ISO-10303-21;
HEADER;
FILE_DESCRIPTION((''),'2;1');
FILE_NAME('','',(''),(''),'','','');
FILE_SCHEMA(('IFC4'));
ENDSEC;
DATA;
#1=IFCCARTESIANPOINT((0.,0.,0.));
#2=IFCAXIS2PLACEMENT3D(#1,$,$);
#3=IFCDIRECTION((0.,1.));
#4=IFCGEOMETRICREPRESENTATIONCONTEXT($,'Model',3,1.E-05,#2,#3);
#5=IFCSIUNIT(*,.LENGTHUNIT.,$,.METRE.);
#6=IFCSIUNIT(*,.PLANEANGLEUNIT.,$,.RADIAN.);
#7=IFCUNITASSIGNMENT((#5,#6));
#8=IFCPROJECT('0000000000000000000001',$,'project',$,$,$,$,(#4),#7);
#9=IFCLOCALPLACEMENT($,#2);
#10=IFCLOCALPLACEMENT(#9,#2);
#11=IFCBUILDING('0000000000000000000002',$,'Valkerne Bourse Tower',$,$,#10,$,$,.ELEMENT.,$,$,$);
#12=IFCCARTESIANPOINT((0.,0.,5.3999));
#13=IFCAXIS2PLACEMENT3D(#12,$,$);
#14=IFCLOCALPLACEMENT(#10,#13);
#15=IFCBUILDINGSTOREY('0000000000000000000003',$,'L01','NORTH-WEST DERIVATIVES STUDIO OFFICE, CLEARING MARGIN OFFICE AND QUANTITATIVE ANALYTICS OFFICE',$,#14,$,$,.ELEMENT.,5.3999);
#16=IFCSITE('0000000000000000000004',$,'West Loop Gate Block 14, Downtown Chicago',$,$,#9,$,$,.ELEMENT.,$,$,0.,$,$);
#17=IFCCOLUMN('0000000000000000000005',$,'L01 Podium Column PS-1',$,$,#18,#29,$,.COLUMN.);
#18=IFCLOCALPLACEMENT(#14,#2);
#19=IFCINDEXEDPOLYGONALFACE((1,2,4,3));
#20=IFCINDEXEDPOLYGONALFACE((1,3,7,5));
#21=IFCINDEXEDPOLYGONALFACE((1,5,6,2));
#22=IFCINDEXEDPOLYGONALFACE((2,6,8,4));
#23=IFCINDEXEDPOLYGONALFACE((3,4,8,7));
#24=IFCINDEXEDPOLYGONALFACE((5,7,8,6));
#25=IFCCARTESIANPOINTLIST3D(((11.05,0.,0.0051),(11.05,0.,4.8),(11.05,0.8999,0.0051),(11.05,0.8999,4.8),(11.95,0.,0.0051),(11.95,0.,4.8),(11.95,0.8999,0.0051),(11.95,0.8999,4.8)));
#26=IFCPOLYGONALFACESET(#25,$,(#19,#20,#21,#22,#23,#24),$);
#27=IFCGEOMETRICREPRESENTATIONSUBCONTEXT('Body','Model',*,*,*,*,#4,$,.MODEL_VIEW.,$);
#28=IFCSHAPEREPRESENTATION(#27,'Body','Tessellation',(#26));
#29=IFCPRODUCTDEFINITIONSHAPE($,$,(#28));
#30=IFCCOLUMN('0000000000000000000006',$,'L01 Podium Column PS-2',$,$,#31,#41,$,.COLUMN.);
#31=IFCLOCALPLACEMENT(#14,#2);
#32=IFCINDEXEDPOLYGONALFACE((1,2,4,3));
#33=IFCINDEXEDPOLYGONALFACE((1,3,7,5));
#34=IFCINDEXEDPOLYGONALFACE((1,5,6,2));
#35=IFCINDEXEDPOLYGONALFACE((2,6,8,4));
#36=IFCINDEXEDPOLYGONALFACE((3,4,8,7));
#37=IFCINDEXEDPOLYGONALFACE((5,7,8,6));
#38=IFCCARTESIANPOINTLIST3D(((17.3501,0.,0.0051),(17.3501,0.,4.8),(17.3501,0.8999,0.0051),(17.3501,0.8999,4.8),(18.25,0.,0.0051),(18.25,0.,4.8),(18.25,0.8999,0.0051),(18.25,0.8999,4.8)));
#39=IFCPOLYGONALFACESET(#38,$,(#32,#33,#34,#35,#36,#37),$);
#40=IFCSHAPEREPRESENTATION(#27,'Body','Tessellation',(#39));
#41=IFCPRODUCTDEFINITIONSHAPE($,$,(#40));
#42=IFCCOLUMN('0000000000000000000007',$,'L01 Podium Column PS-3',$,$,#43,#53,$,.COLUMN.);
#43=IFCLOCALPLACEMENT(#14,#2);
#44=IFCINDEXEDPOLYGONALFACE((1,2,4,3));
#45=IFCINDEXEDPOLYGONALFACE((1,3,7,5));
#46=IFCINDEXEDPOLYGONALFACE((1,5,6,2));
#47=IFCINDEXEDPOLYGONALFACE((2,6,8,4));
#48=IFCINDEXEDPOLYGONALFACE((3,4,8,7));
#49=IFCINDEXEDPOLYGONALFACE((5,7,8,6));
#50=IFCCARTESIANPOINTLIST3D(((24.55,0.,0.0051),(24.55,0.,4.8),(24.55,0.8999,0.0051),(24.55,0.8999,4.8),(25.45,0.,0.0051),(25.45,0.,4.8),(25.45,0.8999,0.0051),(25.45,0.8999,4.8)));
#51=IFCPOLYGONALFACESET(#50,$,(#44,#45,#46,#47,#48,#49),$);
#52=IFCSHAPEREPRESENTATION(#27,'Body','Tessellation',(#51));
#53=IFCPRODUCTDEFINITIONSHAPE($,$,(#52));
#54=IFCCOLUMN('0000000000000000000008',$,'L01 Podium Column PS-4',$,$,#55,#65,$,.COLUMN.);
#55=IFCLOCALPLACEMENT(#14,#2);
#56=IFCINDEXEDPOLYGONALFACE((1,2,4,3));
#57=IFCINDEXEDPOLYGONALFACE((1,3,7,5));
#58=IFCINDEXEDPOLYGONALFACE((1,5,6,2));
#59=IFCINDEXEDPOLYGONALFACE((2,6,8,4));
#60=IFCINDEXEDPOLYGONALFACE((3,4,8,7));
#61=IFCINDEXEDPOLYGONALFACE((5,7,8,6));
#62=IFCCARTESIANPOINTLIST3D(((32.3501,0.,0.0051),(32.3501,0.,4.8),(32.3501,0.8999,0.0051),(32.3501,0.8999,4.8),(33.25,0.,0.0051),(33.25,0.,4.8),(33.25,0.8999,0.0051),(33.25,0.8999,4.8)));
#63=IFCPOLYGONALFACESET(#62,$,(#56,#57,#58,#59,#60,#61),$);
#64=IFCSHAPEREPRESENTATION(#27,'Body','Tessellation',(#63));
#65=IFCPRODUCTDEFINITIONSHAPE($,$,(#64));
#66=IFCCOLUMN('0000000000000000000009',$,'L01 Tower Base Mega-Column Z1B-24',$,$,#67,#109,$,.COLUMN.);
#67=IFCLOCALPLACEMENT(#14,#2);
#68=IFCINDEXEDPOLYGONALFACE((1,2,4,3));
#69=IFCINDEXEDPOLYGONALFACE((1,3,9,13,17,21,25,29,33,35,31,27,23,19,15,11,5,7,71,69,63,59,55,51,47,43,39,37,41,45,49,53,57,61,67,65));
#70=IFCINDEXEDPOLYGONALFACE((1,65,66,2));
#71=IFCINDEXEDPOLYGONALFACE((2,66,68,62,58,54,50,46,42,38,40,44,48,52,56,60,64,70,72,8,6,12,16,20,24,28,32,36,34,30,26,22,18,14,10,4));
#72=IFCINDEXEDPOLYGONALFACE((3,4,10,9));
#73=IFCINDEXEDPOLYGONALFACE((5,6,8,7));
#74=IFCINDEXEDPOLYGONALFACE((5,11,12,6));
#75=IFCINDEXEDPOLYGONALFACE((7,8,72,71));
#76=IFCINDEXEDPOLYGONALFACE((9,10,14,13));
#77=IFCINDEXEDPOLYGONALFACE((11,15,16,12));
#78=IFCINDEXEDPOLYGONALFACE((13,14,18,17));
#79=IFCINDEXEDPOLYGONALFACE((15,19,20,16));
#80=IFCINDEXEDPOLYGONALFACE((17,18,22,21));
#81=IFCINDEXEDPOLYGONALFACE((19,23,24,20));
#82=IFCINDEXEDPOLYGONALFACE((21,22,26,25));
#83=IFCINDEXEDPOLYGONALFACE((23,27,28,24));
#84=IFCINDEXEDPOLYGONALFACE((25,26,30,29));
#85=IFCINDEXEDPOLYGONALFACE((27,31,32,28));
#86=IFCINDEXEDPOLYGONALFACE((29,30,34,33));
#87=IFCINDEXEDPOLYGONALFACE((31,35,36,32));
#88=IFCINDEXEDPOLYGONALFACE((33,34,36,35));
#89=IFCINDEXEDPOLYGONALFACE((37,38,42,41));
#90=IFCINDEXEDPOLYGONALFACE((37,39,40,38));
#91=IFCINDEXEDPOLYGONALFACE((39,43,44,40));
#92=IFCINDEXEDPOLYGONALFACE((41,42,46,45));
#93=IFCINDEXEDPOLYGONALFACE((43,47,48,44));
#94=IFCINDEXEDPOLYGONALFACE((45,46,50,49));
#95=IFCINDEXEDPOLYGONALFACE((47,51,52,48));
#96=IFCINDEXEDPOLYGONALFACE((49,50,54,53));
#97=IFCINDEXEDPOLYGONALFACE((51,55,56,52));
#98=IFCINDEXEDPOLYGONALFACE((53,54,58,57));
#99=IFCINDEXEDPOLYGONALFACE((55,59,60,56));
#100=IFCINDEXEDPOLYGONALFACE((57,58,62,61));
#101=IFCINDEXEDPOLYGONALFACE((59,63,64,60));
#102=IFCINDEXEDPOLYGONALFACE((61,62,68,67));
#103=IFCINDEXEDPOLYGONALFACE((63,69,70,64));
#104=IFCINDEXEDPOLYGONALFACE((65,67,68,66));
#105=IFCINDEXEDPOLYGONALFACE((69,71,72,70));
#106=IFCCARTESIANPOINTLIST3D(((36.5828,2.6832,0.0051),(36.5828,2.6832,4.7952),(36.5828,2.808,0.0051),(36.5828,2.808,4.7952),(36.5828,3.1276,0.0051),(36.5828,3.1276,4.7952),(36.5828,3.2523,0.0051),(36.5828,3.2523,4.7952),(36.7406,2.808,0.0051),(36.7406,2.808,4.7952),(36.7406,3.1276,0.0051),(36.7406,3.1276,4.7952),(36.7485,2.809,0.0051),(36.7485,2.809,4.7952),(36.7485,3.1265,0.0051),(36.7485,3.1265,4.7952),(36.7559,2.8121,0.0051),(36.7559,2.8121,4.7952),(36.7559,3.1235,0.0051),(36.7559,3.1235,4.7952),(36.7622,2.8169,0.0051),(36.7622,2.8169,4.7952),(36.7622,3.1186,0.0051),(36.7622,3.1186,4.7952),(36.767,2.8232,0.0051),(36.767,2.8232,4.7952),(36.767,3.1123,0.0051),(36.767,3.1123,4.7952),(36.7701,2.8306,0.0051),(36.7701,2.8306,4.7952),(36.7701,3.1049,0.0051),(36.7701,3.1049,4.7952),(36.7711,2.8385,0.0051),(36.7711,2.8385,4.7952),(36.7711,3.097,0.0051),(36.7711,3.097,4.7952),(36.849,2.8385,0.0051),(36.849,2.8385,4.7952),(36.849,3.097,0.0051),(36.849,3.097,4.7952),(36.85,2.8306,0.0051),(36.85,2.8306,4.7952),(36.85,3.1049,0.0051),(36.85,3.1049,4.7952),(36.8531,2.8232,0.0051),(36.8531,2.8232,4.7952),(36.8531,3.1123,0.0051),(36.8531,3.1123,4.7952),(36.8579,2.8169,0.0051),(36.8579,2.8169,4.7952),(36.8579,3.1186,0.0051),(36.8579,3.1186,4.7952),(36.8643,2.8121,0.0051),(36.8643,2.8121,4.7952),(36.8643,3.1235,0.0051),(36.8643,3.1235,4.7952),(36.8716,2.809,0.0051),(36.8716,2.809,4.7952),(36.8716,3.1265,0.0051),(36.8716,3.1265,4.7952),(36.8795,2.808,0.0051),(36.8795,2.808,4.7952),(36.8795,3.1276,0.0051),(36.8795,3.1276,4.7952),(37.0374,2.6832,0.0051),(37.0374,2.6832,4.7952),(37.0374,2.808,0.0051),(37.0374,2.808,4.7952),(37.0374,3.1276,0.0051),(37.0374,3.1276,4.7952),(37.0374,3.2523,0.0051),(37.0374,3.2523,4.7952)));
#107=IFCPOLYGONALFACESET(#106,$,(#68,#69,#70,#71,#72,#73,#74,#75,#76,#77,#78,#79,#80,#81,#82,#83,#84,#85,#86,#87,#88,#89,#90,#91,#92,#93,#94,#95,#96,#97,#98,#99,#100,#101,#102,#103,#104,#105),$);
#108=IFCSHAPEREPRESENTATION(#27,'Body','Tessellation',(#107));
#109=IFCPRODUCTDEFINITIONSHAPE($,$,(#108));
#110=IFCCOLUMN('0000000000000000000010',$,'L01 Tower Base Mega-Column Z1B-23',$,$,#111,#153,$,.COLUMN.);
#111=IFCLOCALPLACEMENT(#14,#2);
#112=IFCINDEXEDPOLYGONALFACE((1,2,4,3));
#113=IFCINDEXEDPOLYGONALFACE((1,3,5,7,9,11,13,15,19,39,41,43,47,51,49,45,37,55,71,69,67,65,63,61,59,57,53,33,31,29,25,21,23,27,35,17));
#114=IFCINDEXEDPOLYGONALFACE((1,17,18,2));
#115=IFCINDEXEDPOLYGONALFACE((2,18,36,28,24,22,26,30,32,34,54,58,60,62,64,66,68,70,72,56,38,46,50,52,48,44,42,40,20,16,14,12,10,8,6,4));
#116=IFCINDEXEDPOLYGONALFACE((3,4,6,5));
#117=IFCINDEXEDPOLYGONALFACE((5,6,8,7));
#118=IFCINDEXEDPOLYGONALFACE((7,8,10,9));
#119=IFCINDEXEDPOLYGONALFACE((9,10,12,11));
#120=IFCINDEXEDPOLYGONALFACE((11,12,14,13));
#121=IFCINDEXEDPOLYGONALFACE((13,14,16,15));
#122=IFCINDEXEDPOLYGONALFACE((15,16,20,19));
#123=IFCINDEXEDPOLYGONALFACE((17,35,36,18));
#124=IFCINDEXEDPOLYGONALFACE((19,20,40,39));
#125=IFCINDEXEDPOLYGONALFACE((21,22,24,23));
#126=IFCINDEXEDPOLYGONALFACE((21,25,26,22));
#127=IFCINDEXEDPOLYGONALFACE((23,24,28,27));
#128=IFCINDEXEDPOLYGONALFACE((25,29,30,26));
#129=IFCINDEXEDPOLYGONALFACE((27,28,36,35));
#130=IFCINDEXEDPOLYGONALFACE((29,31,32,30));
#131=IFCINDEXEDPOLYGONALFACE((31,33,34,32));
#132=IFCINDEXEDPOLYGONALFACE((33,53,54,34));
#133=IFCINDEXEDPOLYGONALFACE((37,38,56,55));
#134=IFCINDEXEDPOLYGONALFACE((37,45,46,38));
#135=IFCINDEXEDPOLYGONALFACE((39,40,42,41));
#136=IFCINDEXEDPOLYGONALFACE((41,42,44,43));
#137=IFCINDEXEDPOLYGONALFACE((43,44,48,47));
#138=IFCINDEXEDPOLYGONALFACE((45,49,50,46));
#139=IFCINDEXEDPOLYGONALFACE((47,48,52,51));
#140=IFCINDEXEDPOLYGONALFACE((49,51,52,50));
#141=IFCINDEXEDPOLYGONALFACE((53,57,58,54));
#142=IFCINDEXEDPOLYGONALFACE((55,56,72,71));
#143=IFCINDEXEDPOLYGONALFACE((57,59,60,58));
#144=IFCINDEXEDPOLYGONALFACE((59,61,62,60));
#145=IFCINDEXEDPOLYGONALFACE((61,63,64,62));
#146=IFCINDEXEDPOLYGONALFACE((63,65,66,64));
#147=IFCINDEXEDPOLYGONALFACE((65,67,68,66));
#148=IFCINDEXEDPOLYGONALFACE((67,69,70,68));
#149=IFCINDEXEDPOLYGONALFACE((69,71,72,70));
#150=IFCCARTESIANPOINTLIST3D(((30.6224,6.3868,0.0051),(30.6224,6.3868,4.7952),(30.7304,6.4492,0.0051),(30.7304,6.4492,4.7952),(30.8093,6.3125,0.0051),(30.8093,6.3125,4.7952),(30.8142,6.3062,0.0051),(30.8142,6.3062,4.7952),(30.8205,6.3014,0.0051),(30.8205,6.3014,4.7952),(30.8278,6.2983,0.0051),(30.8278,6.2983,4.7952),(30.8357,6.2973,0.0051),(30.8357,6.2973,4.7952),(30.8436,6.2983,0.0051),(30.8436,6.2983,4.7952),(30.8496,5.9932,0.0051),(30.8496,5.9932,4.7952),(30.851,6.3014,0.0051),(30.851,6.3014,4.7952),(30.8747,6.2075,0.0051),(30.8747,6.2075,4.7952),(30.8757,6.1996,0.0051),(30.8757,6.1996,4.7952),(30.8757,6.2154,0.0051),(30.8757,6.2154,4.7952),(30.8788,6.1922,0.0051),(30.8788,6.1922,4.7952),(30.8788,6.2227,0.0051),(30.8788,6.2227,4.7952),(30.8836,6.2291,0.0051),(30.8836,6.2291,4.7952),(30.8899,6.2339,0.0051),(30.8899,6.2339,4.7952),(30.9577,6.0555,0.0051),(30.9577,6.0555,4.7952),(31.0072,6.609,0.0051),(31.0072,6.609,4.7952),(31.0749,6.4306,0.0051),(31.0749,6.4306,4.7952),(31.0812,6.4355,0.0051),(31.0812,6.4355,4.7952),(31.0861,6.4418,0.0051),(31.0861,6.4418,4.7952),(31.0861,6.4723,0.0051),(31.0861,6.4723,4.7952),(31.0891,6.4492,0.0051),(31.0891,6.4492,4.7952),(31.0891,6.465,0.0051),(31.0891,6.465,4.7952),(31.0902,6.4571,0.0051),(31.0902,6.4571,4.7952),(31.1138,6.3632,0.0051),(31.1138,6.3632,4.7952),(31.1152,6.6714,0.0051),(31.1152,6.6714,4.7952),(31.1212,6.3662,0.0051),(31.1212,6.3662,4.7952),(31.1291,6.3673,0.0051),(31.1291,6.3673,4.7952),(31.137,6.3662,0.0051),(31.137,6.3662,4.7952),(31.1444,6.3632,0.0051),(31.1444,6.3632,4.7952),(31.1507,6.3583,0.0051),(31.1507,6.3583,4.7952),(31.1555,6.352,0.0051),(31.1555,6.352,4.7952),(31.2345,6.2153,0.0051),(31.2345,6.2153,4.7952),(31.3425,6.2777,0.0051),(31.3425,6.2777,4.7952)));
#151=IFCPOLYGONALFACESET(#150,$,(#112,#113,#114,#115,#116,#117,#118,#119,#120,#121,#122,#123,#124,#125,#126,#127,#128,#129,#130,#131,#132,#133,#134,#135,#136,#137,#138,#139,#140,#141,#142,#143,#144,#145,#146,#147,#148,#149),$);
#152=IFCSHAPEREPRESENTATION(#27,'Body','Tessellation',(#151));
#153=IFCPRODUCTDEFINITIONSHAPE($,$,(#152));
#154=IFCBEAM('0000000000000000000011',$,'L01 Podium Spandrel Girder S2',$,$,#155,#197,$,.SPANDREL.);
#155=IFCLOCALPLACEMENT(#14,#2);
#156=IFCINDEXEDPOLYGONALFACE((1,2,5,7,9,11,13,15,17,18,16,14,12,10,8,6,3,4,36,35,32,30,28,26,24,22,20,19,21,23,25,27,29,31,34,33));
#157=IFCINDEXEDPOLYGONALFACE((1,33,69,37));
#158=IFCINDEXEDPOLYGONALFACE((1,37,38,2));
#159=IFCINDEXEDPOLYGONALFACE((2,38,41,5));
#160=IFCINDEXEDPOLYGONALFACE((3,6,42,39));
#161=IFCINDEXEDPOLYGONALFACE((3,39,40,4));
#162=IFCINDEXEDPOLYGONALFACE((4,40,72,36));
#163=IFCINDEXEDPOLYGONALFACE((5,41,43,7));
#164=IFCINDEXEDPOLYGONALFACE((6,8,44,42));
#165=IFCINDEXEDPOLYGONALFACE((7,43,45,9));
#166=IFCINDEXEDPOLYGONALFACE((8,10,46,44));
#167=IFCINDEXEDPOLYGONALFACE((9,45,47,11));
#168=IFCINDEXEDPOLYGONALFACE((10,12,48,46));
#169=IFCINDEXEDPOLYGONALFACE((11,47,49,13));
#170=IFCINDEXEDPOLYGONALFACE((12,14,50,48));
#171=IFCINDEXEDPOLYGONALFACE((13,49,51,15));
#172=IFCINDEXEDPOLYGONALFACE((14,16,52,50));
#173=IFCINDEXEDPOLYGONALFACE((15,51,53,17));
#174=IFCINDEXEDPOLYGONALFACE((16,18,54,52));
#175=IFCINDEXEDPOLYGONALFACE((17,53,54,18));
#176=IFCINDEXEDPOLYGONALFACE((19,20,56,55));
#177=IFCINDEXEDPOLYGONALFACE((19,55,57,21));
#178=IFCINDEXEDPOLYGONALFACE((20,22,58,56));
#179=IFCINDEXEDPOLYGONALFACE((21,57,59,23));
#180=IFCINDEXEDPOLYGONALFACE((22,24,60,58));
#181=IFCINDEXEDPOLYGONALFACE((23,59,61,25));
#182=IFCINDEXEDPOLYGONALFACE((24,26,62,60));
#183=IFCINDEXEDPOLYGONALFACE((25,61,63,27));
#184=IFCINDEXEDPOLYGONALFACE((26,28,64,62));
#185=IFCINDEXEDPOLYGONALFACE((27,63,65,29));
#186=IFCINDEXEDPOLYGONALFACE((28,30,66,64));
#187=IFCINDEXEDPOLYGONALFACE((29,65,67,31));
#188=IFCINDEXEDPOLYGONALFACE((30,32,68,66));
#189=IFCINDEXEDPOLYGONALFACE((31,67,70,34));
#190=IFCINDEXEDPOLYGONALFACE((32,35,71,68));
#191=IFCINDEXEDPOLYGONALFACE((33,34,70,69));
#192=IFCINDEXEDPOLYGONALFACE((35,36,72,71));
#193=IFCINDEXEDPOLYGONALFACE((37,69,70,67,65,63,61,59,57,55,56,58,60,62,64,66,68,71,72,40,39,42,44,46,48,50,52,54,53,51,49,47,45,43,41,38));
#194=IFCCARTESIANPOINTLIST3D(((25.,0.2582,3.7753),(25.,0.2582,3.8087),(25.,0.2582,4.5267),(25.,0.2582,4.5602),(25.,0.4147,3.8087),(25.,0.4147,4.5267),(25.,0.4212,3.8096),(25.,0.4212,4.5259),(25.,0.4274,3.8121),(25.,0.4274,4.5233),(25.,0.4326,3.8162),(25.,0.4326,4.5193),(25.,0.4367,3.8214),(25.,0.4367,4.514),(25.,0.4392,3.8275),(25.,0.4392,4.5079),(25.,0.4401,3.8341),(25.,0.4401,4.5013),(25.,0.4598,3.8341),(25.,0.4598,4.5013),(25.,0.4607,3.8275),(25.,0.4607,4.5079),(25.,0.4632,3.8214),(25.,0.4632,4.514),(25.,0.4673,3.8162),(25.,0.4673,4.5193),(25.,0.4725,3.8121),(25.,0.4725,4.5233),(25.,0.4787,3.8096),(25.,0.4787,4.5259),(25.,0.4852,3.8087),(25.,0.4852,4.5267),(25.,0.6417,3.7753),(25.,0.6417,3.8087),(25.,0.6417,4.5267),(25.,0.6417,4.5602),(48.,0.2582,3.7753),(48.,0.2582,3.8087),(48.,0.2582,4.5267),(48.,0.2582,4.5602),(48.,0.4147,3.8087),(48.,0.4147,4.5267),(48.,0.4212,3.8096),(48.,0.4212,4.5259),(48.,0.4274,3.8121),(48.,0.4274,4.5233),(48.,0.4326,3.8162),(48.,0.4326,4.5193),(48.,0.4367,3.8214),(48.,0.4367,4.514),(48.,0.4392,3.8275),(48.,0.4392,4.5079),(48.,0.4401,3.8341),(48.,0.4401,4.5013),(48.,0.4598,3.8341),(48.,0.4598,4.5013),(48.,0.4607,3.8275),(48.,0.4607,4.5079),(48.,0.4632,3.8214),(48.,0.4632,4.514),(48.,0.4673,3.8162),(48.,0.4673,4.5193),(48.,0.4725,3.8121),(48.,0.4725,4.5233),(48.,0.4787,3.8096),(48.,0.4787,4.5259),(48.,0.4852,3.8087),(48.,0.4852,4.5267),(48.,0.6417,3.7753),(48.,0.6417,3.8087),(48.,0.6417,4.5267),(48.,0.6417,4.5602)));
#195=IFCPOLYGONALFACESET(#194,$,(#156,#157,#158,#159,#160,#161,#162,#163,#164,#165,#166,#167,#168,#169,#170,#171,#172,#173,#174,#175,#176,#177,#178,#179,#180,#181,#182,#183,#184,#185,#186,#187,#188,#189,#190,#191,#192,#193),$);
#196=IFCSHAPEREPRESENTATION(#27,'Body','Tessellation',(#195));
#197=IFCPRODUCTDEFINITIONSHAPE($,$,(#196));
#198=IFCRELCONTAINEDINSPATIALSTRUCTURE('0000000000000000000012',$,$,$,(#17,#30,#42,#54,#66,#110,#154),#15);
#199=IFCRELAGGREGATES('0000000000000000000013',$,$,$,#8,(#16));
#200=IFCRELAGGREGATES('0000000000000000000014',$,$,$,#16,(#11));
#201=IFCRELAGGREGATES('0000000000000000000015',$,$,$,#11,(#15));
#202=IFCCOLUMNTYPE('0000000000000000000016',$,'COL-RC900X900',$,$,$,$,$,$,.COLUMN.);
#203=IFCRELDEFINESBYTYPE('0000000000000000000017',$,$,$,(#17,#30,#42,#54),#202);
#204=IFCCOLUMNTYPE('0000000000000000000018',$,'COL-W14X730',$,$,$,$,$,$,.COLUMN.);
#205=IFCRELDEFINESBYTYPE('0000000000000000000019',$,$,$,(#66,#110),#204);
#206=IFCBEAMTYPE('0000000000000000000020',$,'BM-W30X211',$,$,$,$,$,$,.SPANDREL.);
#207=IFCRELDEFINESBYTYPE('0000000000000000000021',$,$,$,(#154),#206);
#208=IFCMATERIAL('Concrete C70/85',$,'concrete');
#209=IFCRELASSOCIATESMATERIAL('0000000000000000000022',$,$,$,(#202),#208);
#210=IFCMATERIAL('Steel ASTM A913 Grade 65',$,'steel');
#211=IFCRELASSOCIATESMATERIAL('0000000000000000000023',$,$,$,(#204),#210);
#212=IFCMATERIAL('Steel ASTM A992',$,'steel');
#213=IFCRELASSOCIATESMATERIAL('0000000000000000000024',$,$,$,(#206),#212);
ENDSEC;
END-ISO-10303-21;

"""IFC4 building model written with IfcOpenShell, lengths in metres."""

from ifc_helpers import new_model, si_unit, direction, frame, origin, origin_2d, place, context, subcontext, project, spatial, rectangle, i_section, extrude, material, material_profile, profile_set, type_object, element, save


model = new_model("IFC4")

# Units and contexts
model_context = context("Model", 3, precision=1e-05, world=origin(), true_north=direction((0.0, 1.0)))
body_context = subcontext(model_context, "Body", "Model", "MODEL_VIEW")
ifc_project = project(units=[si_unit("LENGTHUNIT", "METRE"), si_unit("PLANEANGLEUNIT", "RADIAN")], contexts=[model_context])

# Site, building, storey
site_placement = place(None, origin())
site = spatial("IfcSite", under=ifc_project, at=site_placement, Name="West Loop Gate Block 14, Downtown Chicago", CompositionType="ELEMENT", RefElevation=0.0)
building_placement = place(site_placement, origin())
building = spatial("IfcBuilding", under=site, at=building_placement, Name="Valkerne Bourse Tower", CompositionType="ELEMENT")
storey_placement = place(building_placement, frame((0.0, 0.0, 5.3999)))
storey = spatial("IfcBuildingStorey", under=building, at=storey_placement, Name="L01", Description="NORTH-WEST DERIVATIVES STUDIO OFFICE, CLEARING MARGIN OFFICE AND QUANTITATIVE ANALYTICS OFFICE", CompositionType="ELEMENT", Elevation=5.3999)

# Columns
ifc_material_1 = material(Name="Concrete C70/85", Category="concrete")
ifc_material_profile_1 = material_profile(ifc_material_1, rectangle(XDim=0.8999, YDim=0.8999, at=origin_2d()), Name="RC900X900")
ifc_profile_set_1 = profile_set([ifc_material_profile_1], Name="Concrete C70/85")
column_type_1 = type_object("IfcColumnType", Name="COL-RC900X900", PredefinedType="COLUMN", material=ifc_profile_set_1)
for number, where, z_axis, x_axis, name in (
    (1, (11.5, 0.45, 0.0051), (0.0, 0.0, 1.0), (1.0, 0.0, 0.0), "L01 Podium Column PS-1"),
    (2, (17.8, 0.45, 0.0051), (0.0, 0.0, 1.0), (1.0, 0.0, 0.0), "L01 Podium Column PS-2"),
    (3, (25.0, 0.45, 0.0051), (0.0, 0.0, 1.0), (1.0, 0.0, 0.0), "L01 Podium Column PS-3"),
    (4, (32.8, 0.45, 0.0051), (0.0, 0.0, 1.0), (1.0, 0.0, 0.0), "L01 Podium Column PS-4"),
):
    element("IfcColumn", number, at=place(storey_placement, frame(where, z_axis=z_axis, x_axis=x_axis)), inside=storey, type_object=column_type_1, Name=name, PredefinedType="COLUMN", context=body_context, shape_type="SweptSolid", body=[
        extrude(rectangle(XDim=0.8999, YDim=0.8999, at=origin_2d()), origin(), (0.0, 0.0, 1.0), 4.7949),
    ])
ifc_material_2 = material(Name="Steel ASTM A913 Grade 65", Category="steel")
ifc_material_profile_2 = material_profile(ifc_material_2, i_section(OverallWidth=0.4546, OverallDepth=0.5691, WebThickness=0.0779, FlangeThickness=0.1248, FilletRadius=0.0305, at=origin_2d()), Name="W14X730")
ifc_profile_set_2 = profile_set([ifc_material_profile_2], Name="Steel ASTM A913 Grade 65")
column_type_2 = type_object("IfcColumnType", Name="COL-W14X730", PredefinedType="COLUMN", material=ifc_profile_set_2)
for number, where, z_axis, x_axis, name in (
    (5, (36.8101, 2.9678, 0.0051), (0.0, 0.0, 1.0), (1.0, 0.0, 0.0), "L01 Tower Base Mega-Column Z1B-24"),
    (6, (30.9824, 6.3323, 0.0051), (0.0, 0.0, 1.0), (0.5, -0.866025, 0.0), "L01 Tower Base Mega-Column Z1B-23"),
):
    element("IfcColumn", number, at=place(storey_placement, frame(where, z_axis=z_axis, x_axis=x_axis)), inside=storey, type_object=column_type_2, Name=name, PredefinedType="COLUMN", context=body_context, shape_type="SweptSolid", body=[
        extrude(i_section(OverallWidth=0.4546, OverallDepth=0.5691, WebThickness=0.0779, FlangeThickness=0.1248, FilletRadius=0.0305, at=origin_2d()), origin(), (0.0, 0.0, 1.0), 4.79),
    ])

# Beam
ifc_material_3 = material(Name="Steel ASTM A992", Category="steel")
ifc_material_profile_3 = material_profile(ifc_material_3, i_section(OverallWidth=0.3835, OverallDepth=0.7849, WebThickness=0.0198, FlangeThickness=0.0334, FilletRadius=0.0254, at=origin_2d()), Name="W30X211")
ifc_profile_set_3 = profile_set([ifc_material_profile_3], Name="Steel ASTM A992")
beam_type = type_object("IfcBeamType", Name="BM-W30X211", PredefinedType="SPANDREL", material=ifc_profile_set_3)
beam_placement = place(storey_placement, frame((25.0, 0.45, 4.1677), z_axis=(1.0, 0.0, 0.0), x_axis=(0.0, 1.0, 0.0)))
element("IfcBeam", 7, at=beam_placement, inside=storey, type_object=beam_type, Name="L01 Podium Spandrel Girder S2", PredefinedType="SPANDREL", context=body_context, shape_type="SweptSolid", body=[
    extrude(i_section(OverallWidth=0.3835, OverallDepth=0.7849, WebThickness=0.0198, FlangeThickness=0.0334, FilletRadius=0.0254, at=origin_2d()), origin(), (0.0, 0.0, 1.0), 23.0),
])

save(model, "model.ifc")
